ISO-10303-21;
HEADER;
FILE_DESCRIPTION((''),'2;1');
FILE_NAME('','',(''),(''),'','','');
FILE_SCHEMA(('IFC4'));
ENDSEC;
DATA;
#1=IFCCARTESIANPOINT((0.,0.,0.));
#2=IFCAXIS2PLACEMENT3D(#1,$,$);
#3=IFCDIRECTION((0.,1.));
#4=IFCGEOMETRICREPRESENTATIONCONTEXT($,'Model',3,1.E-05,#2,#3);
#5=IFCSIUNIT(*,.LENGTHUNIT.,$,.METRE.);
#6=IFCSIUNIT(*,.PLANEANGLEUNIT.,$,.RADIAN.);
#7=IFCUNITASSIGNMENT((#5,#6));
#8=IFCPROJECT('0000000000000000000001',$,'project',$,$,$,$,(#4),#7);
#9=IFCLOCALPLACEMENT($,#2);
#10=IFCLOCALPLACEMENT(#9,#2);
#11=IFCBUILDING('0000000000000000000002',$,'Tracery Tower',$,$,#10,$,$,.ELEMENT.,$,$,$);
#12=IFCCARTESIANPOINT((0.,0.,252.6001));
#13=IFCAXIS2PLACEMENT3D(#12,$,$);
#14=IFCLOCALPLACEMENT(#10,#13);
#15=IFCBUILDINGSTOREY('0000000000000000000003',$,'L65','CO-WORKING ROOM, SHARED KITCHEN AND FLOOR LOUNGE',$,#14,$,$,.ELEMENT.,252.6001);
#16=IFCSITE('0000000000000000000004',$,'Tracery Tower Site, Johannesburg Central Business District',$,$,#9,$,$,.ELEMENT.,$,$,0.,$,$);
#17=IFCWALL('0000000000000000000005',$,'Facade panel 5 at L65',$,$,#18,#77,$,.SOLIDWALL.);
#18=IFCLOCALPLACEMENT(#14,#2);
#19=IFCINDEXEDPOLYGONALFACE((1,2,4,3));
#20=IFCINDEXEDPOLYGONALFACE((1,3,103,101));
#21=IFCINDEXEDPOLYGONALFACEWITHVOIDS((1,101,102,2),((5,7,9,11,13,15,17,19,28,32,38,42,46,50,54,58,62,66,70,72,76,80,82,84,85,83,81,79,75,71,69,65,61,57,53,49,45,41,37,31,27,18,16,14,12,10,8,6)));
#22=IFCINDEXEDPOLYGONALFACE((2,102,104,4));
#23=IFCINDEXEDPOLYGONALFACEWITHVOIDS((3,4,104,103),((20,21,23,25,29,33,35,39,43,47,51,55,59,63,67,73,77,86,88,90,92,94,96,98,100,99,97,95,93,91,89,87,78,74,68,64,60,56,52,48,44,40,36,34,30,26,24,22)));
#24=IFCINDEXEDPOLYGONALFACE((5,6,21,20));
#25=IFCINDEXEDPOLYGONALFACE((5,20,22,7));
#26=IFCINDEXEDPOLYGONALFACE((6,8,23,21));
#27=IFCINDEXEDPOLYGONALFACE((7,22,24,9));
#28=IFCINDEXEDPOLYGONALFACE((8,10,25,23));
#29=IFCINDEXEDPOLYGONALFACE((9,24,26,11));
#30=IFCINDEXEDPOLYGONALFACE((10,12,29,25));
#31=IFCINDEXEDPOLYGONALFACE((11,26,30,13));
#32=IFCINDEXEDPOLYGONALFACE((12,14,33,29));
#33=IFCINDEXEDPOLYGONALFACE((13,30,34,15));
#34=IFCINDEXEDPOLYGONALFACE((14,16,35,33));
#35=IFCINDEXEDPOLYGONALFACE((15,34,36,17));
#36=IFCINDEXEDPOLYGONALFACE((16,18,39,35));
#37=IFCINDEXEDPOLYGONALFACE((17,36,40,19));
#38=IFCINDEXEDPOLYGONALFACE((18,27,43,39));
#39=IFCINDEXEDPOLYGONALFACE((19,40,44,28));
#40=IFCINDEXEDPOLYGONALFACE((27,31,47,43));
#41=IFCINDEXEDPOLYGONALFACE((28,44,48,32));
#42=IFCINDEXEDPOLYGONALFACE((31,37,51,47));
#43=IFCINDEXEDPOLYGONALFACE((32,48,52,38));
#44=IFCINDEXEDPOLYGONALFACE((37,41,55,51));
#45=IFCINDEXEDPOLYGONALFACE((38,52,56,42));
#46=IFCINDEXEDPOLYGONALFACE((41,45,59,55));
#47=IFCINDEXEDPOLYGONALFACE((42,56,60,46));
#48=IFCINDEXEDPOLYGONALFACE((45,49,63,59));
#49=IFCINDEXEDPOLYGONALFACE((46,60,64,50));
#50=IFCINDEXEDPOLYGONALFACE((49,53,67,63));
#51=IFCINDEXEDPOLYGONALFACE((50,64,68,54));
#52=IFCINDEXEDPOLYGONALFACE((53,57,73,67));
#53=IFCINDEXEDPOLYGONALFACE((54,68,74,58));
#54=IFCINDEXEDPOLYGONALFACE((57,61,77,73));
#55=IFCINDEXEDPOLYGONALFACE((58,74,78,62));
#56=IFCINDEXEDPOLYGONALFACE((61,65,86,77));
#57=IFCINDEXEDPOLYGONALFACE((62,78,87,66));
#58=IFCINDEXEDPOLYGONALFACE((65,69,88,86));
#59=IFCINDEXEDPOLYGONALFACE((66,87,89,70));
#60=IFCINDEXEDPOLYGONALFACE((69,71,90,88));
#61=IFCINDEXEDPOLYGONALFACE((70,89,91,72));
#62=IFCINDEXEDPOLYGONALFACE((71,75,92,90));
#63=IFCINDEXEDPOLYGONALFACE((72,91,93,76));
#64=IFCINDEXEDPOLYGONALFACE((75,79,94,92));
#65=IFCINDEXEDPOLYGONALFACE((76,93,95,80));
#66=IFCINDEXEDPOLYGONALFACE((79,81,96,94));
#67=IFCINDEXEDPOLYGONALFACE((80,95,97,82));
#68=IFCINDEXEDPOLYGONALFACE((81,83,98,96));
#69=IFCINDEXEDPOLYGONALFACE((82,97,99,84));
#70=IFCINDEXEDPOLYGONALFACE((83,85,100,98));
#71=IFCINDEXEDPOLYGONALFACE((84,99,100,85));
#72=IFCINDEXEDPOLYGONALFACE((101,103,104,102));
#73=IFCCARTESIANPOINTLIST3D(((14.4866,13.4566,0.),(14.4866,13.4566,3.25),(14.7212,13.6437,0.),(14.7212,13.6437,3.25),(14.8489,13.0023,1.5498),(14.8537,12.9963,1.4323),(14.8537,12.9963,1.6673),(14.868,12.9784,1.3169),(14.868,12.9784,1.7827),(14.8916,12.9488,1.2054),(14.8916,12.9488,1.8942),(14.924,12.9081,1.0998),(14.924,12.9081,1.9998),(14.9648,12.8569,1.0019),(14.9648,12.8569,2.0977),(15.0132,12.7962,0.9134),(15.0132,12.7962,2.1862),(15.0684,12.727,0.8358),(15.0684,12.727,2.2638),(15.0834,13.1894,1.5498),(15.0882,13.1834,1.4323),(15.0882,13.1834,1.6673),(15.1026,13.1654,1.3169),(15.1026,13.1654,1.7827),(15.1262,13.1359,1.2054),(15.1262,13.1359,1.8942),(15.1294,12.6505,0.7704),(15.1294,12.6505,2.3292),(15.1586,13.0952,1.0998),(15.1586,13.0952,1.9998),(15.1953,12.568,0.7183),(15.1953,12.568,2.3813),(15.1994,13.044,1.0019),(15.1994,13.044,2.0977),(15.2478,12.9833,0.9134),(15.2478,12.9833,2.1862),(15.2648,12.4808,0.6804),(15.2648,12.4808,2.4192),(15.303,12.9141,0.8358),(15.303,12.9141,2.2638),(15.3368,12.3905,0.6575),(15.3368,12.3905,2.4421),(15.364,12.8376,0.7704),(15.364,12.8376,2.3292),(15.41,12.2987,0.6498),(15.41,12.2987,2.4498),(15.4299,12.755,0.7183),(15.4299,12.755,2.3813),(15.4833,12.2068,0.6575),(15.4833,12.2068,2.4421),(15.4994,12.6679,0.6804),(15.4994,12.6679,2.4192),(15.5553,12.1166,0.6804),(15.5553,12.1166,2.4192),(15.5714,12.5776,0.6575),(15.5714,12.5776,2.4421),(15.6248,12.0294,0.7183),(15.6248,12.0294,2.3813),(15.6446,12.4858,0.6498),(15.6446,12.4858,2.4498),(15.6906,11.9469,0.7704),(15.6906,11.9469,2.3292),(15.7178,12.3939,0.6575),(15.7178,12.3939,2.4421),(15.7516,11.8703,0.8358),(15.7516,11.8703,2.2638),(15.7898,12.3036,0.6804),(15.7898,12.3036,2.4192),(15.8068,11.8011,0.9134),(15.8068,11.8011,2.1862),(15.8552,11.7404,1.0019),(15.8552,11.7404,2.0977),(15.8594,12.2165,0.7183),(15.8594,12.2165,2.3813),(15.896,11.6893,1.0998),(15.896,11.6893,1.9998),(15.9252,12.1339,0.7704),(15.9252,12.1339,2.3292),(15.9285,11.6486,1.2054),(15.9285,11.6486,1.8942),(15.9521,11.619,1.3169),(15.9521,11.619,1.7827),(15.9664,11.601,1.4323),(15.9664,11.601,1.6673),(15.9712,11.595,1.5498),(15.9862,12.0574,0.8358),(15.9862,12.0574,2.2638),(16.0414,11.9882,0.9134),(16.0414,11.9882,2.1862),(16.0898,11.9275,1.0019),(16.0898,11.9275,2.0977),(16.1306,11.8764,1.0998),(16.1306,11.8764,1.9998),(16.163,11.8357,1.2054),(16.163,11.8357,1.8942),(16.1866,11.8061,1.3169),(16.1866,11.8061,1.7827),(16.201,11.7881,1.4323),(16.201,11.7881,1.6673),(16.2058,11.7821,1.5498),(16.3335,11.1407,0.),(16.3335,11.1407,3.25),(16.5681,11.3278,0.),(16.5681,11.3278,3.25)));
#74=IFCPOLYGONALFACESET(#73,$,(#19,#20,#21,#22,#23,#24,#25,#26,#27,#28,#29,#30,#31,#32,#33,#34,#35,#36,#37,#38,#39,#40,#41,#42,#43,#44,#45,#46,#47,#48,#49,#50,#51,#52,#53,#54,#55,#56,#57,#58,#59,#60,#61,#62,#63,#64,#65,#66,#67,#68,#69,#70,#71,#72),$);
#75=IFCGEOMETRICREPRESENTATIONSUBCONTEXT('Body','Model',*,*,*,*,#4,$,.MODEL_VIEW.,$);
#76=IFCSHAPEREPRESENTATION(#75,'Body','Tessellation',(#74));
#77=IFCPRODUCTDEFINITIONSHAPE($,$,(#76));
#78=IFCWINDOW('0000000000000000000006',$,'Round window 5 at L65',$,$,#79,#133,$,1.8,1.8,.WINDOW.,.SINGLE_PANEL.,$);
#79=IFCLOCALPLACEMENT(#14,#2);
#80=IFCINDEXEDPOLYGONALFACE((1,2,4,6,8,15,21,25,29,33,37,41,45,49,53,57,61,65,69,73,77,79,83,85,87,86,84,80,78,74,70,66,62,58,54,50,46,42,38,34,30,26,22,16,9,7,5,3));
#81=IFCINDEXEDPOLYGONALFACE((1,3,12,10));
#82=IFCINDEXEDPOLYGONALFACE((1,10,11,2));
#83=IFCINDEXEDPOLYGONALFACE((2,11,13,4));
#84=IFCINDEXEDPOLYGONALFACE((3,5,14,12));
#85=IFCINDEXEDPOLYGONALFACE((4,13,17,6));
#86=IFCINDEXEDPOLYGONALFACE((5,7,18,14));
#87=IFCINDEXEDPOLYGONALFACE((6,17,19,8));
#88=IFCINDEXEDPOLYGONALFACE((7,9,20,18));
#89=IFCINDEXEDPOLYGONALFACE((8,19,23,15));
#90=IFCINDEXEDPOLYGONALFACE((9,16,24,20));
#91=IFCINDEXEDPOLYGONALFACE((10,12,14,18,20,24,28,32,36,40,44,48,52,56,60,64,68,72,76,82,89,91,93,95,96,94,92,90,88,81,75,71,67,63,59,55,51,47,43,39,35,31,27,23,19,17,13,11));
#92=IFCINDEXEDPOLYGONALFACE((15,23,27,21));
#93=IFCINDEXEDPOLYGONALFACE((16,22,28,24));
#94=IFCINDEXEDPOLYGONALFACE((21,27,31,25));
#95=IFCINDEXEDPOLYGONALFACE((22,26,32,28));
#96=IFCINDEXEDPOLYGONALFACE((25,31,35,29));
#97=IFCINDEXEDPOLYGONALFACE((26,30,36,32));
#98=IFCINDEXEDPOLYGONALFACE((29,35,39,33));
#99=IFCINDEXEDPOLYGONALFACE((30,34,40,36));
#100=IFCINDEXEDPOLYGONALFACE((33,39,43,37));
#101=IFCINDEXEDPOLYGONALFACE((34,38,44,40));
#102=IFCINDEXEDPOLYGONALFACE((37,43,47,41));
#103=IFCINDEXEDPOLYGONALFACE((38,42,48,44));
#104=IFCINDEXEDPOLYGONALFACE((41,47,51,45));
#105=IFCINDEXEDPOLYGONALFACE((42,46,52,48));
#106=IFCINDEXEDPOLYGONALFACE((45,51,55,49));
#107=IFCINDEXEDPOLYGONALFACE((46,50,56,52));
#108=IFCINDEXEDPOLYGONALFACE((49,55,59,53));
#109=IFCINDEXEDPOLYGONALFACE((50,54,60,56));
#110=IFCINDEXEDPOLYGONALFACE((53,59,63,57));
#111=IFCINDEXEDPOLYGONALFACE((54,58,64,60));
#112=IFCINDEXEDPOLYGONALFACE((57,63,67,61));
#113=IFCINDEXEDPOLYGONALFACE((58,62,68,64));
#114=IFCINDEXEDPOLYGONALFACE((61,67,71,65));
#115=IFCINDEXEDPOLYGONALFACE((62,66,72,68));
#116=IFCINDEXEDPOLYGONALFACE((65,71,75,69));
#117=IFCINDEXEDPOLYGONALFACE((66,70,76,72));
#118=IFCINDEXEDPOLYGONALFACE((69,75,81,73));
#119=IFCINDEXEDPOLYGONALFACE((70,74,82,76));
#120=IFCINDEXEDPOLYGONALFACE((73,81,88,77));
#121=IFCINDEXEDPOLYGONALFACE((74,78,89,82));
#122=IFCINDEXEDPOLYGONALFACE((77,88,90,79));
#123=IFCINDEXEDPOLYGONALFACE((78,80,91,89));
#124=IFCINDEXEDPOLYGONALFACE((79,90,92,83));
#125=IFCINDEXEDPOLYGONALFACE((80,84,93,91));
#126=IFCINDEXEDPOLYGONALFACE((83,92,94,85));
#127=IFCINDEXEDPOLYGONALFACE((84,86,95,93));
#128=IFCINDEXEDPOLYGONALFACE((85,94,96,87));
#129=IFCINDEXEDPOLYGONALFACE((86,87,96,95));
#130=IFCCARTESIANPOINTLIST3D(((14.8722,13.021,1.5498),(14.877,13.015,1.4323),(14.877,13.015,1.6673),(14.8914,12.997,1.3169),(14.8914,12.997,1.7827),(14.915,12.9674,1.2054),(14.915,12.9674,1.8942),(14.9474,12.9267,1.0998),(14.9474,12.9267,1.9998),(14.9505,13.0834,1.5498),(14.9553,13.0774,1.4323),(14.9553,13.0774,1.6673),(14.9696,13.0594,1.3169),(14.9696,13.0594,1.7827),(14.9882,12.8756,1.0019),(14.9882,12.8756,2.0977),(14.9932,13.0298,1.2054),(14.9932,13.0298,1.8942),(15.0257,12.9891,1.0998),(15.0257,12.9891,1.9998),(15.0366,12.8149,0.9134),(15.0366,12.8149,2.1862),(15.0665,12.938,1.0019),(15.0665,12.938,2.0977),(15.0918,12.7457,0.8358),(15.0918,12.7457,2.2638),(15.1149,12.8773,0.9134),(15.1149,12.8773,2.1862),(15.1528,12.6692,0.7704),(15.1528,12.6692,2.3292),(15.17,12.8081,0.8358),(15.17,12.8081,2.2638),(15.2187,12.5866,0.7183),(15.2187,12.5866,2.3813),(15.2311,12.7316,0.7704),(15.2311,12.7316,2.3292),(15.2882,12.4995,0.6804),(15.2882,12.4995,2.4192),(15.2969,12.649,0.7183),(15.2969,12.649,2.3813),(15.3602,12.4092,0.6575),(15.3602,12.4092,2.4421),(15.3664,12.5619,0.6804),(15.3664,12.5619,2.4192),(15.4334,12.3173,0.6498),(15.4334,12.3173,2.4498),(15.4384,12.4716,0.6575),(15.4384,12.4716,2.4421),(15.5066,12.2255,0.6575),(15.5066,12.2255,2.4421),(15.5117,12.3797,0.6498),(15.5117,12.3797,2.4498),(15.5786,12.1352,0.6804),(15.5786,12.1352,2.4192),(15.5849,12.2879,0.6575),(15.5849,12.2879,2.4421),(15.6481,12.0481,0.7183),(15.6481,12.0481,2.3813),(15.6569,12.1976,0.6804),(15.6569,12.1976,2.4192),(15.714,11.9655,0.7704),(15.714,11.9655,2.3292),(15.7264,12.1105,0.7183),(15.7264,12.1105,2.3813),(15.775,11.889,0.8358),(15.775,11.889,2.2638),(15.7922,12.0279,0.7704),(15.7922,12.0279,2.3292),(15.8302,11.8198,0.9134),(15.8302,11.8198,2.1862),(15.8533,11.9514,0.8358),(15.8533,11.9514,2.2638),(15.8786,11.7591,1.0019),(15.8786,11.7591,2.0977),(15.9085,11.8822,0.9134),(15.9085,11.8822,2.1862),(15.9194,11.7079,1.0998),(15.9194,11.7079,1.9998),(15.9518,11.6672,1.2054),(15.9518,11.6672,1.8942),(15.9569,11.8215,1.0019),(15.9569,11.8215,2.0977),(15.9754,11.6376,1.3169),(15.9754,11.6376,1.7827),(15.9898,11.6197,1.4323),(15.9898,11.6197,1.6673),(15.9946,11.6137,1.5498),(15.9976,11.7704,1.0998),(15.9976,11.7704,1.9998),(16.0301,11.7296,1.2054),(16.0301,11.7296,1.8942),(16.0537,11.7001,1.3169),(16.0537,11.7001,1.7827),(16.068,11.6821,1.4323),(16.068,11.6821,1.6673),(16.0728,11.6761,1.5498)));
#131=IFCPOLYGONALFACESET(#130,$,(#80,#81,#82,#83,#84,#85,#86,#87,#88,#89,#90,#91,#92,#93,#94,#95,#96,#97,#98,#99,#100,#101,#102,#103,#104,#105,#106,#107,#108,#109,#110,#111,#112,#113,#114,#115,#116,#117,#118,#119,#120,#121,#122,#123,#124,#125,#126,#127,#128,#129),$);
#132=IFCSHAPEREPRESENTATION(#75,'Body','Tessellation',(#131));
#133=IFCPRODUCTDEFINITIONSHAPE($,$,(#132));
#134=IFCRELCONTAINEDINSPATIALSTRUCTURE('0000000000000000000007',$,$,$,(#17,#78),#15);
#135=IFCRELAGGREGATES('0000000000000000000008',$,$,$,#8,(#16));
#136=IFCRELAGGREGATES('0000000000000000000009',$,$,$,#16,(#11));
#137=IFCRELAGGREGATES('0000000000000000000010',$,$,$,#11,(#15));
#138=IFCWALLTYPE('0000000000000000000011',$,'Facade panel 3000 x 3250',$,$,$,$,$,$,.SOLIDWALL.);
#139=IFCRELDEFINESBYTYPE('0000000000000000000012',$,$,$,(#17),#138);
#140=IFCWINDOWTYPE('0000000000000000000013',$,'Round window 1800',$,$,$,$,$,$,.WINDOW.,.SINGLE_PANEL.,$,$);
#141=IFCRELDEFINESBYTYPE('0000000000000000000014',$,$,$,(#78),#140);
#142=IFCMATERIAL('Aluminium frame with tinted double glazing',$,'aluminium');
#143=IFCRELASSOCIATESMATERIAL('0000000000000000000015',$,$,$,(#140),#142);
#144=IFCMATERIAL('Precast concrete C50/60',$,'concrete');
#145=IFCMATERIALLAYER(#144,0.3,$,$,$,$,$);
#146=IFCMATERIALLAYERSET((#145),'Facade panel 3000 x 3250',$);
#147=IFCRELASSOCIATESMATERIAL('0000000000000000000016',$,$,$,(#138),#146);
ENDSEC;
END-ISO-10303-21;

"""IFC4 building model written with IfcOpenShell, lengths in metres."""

from ifc_helpers import new_model, si_unit, direction, frame, frame_2d, origin, origin_2d, place, context, subcontext, project, spatial, rectangle, circle, extrude, material, layer, layer_set, type_object, element, fill, save


model = new_model("IFC4")

# Units and contexts
model_context = context("Model", 3, precision=1e-05, world=origin(), true_north=direction((0.0, 1.0)))
body_context = subcontext(model_context, "Body", "Model", "MODEL_VIEW")
ifc_project = project(units=[si_unit("LENGTHUNIT", "METRE"), si_unit("PLANEANGLEUNIT", "RADIAN")], contexts=[model_context])

# Site, building, storey
site_placement = place(None, origin())
site = spatial("IfcSite", under=ifc_project, at=site_placement, Name="Tracery Tower Site, Johannesburg Central Business District", CompositionType="ELEMENT", RefElevation=0.0)
building_placement = place(site_placement, origin())
building = spatial("IfcBuilding", under=site, at=building_placement, Name="Tracery Tower", CompositionType="ELEMENT")
storey_placement = place(building_placement, frame((0.0, 0.0, 252.6001)))
storey = spatial("IfcBuildingStorey", under=building, at=storey_placement, Name="L65", Description="CO-WORKING ROOM, SHARED KITCHEN AND FLOOR LOUNGE", CompositionType="ELEMENT", Elevation=252.6001)

# Wall, opening, window
ifc_material_1 = material(Name="Aluminium frame with tinted double glazing", Category="aluminium")
window_type = type_object("IfcWindowType", Name="Round window 1800", PartitioningType="SINGLE_PANEL", PredefinedType="WINDOW", material=ifc_material_1)
ifc_material_2 = material(Name="Precast concrete C50/60", Category="concrete")
ifc_layer_1 = layer(ifc_material_2, 0.3)
ifc_layer_set_1 = layer_set([ifc_layer_1], Name="Facade panel 3000 x 3250")
wall_type_1 = type_object("IfcWallType", Name="Facade panel 3000 x 3250", PredefinedType="SOLIDWALL", material=ifc_layer_set_1)
wall_1_placement = place(storey_placement, frame((16.4507, 11.2344, 0.0), z_axis=(0.0, 0.0, 1.0), x_axis=(-0.623498, 0.781825, 0.0)))
wall_1 = element("IfcWall", 1, at=wall_1_placement, inside=storey, type_object=wall_type_1, Name="Facade panel 5 at L65", PredefinedType="SOLIDWALL", context=body_context, shape_type="SweptSolid", body=[
    extrude(rectangle(XDim=2.9622, YDim=0.3, at=frame_2d((1.481, 0.0))), origin(), (0.0, 0.0, 1.0), 3.25),
])
opening_1_placement = place(wall_1_placement, frame((1.481, 0.0, 1.5498)))
opening_1 = element("IfcOpeningElement", 2, at=opening_1_placement, cuts=wall_1, PredefinedType="OPENING", context=body_context, shape_type="SweptSolid", body=[
    extrude(circle(Radius=0.9, at=origin_2d()), frame((0.0, 0.1599, 0.0), z_axis=(0.0, -1.0, 0.0), x_axis=(1.0, 0.0, 0.0)), (0.0, 0.0, 1.0), 0.3201),
])
window_1_placement = place(opening_1_placement, origin())
window_1 = element("IfcWindow", 3, at=window_1_placement, inside=storey, type_object=window_type, Name="Round window 5 at L65", OverallHeight=1.8, OverallWidth=1.8, PartitioningType="SINGLE_PANEL", PredefinedType="WINDOW", context=body_context, shape_type="SweptSolid", body=[
    extrude(circle(Radius=0.9, at=origin_2d()), frame((0.0, 0.1201, 0.0), z_axis=(0.0, -1.0, 0.0), x_axis=(1.0, 0.0, 0.0)), (0.0, 0.0, 1.0), 0.1001),
])
fill(opening_1, window_1)

save(model, "model.ifc")
